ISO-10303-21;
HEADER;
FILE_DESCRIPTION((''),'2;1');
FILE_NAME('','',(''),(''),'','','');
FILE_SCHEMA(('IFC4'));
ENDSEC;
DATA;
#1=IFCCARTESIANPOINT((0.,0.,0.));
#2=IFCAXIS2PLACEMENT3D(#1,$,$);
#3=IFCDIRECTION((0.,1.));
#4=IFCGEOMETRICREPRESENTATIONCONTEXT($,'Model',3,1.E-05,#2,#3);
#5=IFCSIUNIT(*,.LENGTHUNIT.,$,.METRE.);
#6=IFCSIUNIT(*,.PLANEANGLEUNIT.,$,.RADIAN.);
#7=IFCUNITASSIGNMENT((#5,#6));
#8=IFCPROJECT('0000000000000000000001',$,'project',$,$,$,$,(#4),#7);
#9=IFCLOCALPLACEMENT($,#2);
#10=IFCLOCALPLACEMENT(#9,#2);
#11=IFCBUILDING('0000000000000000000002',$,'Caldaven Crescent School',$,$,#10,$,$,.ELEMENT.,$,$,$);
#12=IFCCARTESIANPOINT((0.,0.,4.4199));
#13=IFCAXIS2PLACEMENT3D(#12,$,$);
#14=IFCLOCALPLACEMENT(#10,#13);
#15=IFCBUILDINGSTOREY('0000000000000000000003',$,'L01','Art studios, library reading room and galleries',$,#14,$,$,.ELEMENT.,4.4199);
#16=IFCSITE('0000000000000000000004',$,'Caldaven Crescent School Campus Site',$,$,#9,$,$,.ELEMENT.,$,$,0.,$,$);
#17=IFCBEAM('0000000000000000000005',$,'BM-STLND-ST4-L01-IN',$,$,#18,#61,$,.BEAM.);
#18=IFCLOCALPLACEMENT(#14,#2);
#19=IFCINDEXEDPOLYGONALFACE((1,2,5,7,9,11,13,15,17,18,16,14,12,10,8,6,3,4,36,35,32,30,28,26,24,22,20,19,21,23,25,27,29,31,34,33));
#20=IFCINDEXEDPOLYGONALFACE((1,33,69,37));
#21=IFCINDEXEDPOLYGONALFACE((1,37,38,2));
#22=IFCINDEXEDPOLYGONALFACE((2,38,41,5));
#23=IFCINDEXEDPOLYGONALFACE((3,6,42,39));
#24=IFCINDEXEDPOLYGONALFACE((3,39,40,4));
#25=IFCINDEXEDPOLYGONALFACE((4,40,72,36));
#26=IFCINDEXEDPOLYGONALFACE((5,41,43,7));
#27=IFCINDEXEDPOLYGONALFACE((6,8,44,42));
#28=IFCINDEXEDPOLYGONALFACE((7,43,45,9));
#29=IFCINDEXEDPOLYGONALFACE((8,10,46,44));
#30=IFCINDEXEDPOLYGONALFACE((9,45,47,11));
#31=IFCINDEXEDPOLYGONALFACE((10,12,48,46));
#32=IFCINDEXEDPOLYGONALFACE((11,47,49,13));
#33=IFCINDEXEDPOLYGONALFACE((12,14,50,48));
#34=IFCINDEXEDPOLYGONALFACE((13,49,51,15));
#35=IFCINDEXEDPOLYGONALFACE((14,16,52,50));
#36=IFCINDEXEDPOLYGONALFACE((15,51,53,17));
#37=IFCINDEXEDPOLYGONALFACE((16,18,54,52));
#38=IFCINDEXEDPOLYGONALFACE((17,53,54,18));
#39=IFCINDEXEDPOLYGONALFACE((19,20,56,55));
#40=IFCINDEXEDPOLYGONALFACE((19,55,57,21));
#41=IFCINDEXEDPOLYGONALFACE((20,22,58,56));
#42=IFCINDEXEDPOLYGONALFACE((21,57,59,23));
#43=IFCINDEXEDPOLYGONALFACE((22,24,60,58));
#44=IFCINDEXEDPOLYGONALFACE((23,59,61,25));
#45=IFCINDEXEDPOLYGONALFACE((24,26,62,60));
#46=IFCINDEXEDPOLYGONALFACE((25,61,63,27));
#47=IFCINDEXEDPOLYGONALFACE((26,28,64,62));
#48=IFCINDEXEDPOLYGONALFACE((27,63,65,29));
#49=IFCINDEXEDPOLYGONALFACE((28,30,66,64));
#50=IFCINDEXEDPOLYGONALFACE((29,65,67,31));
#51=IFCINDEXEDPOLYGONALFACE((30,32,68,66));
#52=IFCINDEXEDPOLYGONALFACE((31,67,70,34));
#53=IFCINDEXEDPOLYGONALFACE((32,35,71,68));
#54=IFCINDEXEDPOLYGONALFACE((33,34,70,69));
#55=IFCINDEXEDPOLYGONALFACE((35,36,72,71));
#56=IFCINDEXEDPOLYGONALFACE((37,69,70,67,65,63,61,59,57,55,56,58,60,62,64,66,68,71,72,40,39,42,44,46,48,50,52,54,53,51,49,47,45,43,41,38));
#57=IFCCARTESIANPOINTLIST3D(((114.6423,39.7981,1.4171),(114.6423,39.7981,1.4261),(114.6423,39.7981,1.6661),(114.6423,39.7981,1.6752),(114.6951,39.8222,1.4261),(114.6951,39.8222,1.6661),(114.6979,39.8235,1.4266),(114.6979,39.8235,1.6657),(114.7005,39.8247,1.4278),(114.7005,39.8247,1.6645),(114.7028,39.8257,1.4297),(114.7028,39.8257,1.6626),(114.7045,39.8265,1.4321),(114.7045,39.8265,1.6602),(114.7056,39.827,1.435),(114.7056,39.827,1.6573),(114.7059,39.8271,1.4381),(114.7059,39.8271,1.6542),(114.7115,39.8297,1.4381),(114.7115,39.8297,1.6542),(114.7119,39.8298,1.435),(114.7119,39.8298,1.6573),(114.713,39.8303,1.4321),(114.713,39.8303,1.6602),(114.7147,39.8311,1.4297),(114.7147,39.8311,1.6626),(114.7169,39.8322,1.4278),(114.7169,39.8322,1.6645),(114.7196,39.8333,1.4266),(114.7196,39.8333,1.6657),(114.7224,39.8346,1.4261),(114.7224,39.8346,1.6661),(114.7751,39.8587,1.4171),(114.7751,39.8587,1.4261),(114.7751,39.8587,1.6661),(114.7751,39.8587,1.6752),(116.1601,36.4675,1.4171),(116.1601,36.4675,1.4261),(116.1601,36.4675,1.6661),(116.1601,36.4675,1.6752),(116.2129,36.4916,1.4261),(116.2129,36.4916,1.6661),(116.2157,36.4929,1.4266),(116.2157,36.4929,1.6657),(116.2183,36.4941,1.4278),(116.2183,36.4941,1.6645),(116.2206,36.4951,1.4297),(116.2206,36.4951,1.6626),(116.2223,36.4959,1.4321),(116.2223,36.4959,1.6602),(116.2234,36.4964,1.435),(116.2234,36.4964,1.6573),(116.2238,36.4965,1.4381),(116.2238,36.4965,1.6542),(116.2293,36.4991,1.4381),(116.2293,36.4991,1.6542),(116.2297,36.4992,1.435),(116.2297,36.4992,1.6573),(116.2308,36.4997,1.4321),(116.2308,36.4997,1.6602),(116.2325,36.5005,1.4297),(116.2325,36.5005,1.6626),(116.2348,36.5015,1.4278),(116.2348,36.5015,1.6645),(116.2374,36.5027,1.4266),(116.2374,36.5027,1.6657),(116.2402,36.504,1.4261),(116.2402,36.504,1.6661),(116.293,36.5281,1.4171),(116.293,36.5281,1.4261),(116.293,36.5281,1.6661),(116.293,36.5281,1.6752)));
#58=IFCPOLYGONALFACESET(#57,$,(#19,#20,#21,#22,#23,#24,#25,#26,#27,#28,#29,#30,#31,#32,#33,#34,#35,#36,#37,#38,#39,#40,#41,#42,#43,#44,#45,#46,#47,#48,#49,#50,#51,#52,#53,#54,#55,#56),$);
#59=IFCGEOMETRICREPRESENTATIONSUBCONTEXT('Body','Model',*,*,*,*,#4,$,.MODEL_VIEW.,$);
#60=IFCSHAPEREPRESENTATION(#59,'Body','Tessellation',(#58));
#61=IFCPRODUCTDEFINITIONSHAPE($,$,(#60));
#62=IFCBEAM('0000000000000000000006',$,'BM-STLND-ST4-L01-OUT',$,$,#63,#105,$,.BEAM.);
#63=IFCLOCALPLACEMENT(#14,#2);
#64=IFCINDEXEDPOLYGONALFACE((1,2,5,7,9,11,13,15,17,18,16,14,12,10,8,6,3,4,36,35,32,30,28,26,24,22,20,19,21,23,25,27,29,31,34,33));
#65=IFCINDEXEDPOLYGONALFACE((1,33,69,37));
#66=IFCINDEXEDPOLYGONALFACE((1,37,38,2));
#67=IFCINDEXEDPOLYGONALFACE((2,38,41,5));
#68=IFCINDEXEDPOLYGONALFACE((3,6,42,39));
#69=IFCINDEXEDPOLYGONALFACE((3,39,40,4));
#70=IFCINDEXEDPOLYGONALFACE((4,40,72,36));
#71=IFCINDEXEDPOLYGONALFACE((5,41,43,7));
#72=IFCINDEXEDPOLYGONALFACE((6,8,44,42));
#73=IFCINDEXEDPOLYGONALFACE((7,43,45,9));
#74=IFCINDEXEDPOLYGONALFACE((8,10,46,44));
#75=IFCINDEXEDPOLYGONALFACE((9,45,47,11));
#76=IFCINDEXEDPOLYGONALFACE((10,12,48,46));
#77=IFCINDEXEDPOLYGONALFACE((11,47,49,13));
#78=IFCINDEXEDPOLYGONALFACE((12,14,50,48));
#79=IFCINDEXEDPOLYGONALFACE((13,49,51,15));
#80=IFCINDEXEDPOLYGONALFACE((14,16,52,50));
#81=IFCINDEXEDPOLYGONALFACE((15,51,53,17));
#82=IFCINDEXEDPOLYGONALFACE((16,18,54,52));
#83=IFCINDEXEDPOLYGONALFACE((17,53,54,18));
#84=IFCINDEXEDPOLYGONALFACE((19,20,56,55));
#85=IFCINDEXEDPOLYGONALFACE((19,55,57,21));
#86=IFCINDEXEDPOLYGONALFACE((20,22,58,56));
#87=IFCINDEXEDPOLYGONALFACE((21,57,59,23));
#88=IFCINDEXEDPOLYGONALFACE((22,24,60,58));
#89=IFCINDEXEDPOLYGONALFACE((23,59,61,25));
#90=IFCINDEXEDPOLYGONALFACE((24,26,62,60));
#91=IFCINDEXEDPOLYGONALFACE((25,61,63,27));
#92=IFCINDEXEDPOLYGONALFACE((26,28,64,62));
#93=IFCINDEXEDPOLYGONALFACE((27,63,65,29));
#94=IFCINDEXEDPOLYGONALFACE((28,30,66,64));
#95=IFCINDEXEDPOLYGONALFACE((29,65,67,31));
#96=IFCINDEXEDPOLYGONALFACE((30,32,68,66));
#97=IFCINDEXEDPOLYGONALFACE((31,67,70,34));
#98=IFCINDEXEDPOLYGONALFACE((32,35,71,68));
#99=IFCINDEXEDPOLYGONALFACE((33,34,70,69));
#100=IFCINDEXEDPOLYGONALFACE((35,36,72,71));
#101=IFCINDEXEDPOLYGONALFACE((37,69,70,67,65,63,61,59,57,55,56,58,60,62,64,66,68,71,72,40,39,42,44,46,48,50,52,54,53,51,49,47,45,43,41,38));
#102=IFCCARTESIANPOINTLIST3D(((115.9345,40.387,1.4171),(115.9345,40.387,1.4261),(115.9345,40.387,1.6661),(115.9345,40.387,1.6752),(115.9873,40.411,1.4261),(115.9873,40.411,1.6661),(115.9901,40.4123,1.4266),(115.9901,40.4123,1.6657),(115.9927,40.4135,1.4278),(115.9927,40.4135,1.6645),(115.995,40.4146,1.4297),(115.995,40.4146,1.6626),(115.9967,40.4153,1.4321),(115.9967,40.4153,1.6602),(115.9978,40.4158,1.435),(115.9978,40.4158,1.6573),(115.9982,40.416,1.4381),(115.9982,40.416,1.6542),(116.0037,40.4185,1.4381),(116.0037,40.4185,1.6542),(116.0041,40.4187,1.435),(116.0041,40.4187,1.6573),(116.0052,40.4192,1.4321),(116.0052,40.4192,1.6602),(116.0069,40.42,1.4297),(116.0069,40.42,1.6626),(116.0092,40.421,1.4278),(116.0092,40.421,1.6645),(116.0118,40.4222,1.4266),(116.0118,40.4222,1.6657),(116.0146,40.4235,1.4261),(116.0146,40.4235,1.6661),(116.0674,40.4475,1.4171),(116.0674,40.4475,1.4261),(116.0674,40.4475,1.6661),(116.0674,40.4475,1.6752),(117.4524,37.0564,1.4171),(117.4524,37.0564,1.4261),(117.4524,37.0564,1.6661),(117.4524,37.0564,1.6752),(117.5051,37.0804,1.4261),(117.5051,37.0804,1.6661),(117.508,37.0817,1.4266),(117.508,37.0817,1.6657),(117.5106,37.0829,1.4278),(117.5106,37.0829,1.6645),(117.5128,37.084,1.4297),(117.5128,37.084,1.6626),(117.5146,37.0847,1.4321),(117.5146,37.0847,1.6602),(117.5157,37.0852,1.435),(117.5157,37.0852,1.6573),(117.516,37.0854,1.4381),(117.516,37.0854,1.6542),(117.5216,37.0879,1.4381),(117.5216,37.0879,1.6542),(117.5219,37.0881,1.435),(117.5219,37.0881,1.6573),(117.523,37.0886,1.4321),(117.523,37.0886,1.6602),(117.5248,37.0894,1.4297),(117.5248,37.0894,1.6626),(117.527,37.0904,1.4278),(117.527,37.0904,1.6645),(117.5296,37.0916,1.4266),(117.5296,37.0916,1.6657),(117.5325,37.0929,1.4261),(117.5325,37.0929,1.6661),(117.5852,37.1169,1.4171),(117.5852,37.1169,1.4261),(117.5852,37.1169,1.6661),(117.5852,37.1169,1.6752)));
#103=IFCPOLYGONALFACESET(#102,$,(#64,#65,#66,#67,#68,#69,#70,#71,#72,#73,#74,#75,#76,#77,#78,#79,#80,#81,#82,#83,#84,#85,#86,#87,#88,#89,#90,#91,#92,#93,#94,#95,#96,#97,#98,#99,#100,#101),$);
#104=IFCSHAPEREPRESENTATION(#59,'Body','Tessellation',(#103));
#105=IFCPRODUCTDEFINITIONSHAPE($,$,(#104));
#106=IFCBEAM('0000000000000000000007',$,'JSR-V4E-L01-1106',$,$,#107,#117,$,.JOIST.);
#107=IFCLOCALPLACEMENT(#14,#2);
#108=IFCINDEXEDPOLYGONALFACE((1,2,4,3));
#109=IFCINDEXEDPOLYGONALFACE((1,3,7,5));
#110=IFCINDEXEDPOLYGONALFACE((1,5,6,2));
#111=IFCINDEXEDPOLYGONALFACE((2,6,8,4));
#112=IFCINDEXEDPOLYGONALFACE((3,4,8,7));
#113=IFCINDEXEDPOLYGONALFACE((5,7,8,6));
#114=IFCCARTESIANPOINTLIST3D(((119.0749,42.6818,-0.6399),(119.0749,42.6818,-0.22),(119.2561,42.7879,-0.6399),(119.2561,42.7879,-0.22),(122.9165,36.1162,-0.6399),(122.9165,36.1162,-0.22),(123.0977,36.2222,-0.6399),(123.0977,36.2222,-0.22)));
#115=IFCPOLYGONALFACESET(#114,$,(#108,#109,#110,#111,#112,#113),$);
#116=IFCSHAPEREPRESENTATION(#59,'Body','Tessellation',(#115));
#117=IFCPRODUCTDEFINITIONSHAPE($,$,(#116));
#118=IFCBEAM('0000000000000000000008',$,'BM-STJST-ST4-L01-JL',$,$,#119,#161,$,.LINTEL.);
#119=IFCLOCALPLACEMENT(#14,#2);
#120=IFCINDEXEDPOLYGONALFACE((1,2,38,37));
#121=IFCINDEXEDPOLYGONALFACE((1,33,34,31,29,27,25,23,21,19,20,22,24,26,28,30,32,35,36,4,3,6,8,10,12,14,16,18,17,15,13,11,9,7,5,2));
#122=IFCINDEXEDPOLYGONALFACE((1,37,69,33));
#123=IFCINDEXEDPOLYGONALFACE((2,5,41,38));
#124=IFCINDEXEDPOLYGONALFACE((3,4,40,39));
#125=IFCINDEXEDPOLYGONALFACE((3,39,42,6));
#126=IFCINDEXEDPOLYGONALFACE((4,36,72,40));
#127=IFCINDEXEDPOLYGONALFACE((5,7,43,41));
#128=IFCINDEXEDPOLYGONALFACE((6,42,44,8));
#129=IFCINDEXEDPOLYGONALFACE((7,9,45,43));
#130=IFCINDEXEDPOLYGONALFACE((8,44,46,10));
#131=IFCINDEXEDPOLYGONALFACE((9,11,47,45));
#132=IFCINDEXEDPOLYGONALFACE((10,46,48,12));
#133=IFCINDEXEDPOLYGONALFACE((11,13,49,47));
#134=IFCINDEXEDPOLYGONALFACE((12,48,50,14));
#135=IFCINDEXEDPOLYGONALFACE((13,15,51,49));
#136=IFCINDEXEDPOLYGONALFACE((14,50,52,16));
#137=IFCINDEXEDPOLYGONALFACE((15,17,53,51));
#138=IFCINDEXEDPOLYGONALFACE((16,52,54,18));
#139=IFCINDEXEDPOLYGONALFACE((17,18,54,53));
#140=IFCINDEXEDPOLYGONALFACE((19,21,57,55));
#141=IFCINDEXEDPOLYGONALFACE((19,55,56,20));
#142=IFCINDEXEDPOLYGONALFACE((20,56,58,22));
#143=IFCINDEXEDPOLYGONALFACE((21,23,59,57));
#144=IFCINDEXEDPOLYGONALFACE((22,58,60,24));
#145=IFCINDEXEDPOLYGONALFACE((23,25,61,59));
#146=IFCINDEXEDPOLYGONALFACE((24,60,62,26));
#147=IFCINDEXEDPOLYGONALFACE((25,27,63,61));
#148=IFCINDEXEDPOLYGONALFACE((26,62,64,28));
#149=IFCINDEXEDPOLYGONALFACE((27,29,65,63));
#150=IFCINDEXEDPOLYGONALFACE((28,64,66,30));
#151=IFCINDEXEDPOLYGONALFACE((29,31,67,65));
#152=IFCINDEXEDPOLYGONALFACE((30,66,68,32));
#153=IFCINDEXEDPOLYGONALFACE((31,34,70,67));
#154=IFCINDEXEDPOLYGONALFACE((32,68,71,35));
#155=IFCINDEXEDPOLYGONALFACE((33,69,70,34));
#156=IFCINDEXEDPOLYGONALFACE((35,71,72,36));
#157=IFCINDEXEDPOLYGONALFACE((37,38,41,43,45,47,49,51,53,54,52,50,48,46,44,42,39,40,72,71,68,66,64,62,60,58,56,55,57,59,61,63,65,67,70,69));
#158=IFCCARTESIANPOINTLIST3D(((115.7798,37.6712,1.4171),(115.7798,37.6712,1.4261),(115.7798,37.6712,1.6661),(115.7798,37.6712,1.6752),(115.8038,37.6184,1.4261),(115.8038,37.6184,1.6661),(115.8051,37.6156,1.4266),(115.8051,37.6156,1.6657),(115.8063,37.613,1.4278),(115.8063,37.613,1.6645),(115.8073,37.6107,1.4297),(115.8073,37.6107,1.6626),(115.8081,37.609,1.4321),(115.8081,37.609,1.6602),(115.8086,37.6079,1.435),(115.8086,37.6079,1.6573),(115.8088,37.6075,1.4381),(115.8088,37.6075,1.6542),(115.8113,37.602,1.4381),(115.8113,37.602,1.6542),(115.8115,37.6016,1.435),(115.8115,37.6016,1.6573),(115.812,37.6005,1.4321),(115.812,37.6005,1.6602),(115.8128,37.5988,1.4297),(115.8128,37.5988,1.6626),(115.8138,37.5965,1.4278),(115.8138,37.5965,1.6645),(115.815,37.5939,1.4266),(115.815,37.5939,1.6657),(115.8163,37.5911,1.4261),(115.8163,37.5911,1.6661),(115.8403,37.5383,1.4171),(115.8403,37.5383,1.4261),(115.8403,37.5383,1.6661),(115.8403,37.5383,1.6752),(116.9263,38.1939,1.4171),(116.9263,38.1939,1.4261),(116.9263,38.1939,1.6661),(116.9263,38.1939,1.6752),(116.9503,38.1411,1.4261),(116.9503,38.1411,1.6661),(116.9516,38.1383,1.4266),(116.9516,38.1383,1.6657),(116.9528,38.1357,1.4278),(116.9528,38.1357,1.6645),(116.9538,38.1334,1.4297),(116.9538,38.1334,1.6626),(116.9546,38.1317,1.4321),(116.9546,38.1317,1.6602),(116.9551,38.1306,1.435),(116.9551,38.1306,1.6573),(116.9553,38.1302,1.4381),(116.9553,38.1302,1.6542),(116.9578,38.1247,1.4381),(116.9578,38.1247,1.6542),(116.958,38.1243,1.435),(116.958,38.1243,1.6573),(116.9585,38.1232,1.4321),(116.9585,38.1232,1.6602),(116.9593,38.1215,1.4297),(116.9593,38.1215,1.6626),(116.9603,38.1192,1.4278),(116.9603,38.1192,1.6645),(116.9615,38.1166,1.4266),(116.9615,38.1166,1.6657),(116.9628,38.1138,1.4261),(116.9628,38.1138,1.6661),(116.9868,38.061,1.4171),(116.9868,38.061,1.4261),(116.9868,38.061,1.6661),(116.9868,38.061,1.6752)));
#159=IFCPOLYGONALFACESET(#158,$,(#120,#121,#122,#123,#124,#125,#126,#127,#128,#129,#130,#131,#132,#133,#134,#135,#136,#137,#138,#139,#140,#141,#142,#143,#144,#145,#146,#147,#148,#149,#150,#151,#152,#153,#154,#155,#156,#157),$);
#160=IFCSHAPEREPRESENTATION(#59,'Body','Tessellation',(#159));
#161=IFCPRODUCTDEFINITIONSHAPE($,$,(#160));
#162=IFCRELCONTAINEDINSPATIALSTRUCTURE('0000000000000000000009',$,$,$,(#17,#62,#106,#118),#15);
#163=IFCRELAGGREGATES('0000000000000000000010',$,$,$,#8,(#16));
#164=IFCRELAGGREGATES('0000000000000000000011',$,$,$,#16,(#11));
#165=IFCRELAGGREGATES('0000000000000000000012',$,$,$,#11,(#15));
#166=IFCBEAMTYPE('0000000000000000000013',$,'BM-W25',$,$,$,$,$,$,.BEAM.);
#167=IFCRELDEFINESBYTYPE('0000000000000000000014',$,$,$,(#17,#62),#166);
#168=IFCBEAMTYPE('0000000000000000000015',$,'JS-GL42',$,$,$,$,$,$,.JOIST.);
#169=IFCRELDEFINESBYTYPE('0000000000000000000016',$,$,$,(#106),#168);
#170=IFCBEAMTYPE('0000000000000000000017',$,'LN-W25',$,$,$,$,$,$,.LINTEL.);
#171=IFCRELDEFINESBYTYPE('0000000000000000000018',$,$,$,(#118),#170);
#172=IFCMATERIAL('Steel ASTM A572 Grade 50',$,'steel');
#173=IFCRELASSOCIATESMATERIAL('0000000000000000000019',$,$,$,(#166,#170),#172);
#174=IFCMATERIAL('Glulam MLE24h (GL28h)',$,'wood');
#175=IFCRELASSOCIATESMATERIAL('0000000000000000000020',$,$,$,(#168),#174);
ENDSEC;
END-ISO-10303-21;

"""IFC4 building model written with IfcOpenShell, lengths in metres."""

from ifc_helpers import new_model, si_unit, direction, frame, origin, origin_2d, place, context, subcontext, project, spatial, rectangle, i_section, extrude, material, material_profile, profile_set, type_object, element, save


model = new_model("IFC4")

# Units and contexts
model_context = context("Model", 3, precision=1e-05, world=origin(), true_north=direction((0.0, 1.0)))
body_context = subcontext(model_context, "Body", "Model", "MODEL_VIEW")
ifc_project = project(units=[si_unit("LENGTHUNIT", "METRE"), si_unit("PLANEANGLEUNIT", "RADIAN")], contexts=[model_context])

# Site, building, storey
site_placement = place(None, origin())
site = spatial("IfcSite", under=ifc_project, at=site_placement, Name="Caldaven Crescent School Campus Site", CompositionType="ELEMENT", RefElevation=0.0)
building_placement = place(site_placement, origin())
building = spatial("IfcBuilding", under=site, at=building_placement, Name="Caldaven Crescent School", CompositionType="ELEMENT")
storey_placement = place(building_placement, frame((0.0, 0.0, 4.4199)))
storey = spatial("IfcBuildingStorey", under=building, at=storey_placement, Name="L01", Description="Art studios, library reading room and galleries", CompositionType="ELEMENT", Elevation=4.4199)

# Shared definitions
ifc_material_1 = material(Name="Glulam MLE24h (GL28h)", Category="wood")
ifc_material_2 = material(Name="Steel ASTM A572 Grade 50", Category="steel")

# Beams
ifc_material_profile_1 = material_profile(ifc_material_2, i_section(OverallWidth=0.146, OverallDepth=0.2581, WebThickness=0.0061, FlangeThickness=0.009, FilletRadius=0.012, at=origin_2d()), Name="W250x33")
ifc_profile_set_1 = profile_set([ifc_material_profile_1], Name="Steel ASTM A572 Grade 50")
beam_type_1 = type_object("IfcBeamType", Name="BM-W25", PredefinedType="BEAM", material=ifc_profile_set_1)
for number, where, z_axis, x_axis, name in (
    (1, (116.2266, 36.4978, 1.5461), (-0.414692, 0.909962, 0.0), (-0.909962, -0.414692, 0.0), "BM-STLND-ST4-L01-IN"),
    (2, (117.5188, 37.0867, 1.5461), (-0.414692, 0.909962, 0.0), (-0.909962, -0.414692, 0.0), "BM-STLND-ST4-L01-OUT"),
):
    element("IfcBeam", number, at=place(storey_placement, frame(where, z_axis=z_axis, x_axis=x_axis)), inside=storey, type_object=beam_type_1, Name=name, PredefinedType="BEAM", context=body_context, shape_type="SweptSolid", body=[
        extrude(i_section(OverallWidth=0.146, OverallDepth=0.2581, WebThickness=0.0061, FlangeThickness=0.009, FilletRadius=0.012, at=origin_2d()), origin(), (0.0, 0.0, 1.0), 3.6602),
    ])
ifc_material_profile_2 = material_profile(ifc_material_1, rectangle(XDim=0.21, YDim=0.4199, at=origin_2d()), Name="MLE 210x420")
ifc_profile_set_2 = profile_set([ifc_material_profile_2], Name="Glulam MLE24h (GL28h)")
beam_type_2 = type_object("IfcBeamType", Name="JS-GL42", PredefinedType="JOIST", material=ifc_profile_set_2)
beam_1_placement = place(storey_placement, frame((119.1655, 42.7349, -0.4299), z_axis=(0.505006, -0.863116, 0.0), x_axis=(0.863116, 0.505006, 0.0)))
element("IfcBeam", 3, at=beam_1_placement, inside=storey, type_object=beam_type_2, Name="JSR-V4E-L01-1106", PredefinedType="JOIST", context=body_context, shape_type="SweptSolid", body=[
    extrude(rectangle(XDim=0.21, YDim=0.4199, at=origin_2d()), origin(), (0.0, 0.0, 1.0), 7.6069),
])
ifc_material_profile_3 = material_profile(ifc_material_2, i_section(OverallWidth=0.146, OverallDepth=0.2581, WebThickness=0.0061, FlangeThickness=0.009, FilletRadius=0.012, at=origin_2d()), Name="W250x33")
ifc_profile_set_3 = profile_set([ifc_material_profile_3], Name="Steel ASTM A572 Grade 50")
beam_type_3 = type_object("IfcBeamType", Name="LN-W25", PredefinedType="LINTEL", material=ifc_profile_set_3)
for number, where, z_axis, x_axis, name in (
    (4, (115.8101, 37.6047, 1.5461), (0.909895, 0.414839, 0.0), (-0.414839, 0.909895, 0.0), "BM-STJST-ST4-L01-JL"),
):
    element("IfcBeam", number, at=place(storey_placement, frame(where, z_axis=z_axis, x_axis=x_axis)), inside=storey, type_object=beam_type_3, Name=name, PredefinedType="LINTEL", context=body_context, shape_type="SweptSolid", body=[
        extrude(i_section(OverallWidth=0.146, OverallDepth=0.2581, WebThickness=0.0061, FlangeThickness=0.009, FilletRadius=0.012, at=origin_2d()), origin(), (0.0, 0.0, 1.0), 1.26),
    ])

save(model, "model.ifc")
